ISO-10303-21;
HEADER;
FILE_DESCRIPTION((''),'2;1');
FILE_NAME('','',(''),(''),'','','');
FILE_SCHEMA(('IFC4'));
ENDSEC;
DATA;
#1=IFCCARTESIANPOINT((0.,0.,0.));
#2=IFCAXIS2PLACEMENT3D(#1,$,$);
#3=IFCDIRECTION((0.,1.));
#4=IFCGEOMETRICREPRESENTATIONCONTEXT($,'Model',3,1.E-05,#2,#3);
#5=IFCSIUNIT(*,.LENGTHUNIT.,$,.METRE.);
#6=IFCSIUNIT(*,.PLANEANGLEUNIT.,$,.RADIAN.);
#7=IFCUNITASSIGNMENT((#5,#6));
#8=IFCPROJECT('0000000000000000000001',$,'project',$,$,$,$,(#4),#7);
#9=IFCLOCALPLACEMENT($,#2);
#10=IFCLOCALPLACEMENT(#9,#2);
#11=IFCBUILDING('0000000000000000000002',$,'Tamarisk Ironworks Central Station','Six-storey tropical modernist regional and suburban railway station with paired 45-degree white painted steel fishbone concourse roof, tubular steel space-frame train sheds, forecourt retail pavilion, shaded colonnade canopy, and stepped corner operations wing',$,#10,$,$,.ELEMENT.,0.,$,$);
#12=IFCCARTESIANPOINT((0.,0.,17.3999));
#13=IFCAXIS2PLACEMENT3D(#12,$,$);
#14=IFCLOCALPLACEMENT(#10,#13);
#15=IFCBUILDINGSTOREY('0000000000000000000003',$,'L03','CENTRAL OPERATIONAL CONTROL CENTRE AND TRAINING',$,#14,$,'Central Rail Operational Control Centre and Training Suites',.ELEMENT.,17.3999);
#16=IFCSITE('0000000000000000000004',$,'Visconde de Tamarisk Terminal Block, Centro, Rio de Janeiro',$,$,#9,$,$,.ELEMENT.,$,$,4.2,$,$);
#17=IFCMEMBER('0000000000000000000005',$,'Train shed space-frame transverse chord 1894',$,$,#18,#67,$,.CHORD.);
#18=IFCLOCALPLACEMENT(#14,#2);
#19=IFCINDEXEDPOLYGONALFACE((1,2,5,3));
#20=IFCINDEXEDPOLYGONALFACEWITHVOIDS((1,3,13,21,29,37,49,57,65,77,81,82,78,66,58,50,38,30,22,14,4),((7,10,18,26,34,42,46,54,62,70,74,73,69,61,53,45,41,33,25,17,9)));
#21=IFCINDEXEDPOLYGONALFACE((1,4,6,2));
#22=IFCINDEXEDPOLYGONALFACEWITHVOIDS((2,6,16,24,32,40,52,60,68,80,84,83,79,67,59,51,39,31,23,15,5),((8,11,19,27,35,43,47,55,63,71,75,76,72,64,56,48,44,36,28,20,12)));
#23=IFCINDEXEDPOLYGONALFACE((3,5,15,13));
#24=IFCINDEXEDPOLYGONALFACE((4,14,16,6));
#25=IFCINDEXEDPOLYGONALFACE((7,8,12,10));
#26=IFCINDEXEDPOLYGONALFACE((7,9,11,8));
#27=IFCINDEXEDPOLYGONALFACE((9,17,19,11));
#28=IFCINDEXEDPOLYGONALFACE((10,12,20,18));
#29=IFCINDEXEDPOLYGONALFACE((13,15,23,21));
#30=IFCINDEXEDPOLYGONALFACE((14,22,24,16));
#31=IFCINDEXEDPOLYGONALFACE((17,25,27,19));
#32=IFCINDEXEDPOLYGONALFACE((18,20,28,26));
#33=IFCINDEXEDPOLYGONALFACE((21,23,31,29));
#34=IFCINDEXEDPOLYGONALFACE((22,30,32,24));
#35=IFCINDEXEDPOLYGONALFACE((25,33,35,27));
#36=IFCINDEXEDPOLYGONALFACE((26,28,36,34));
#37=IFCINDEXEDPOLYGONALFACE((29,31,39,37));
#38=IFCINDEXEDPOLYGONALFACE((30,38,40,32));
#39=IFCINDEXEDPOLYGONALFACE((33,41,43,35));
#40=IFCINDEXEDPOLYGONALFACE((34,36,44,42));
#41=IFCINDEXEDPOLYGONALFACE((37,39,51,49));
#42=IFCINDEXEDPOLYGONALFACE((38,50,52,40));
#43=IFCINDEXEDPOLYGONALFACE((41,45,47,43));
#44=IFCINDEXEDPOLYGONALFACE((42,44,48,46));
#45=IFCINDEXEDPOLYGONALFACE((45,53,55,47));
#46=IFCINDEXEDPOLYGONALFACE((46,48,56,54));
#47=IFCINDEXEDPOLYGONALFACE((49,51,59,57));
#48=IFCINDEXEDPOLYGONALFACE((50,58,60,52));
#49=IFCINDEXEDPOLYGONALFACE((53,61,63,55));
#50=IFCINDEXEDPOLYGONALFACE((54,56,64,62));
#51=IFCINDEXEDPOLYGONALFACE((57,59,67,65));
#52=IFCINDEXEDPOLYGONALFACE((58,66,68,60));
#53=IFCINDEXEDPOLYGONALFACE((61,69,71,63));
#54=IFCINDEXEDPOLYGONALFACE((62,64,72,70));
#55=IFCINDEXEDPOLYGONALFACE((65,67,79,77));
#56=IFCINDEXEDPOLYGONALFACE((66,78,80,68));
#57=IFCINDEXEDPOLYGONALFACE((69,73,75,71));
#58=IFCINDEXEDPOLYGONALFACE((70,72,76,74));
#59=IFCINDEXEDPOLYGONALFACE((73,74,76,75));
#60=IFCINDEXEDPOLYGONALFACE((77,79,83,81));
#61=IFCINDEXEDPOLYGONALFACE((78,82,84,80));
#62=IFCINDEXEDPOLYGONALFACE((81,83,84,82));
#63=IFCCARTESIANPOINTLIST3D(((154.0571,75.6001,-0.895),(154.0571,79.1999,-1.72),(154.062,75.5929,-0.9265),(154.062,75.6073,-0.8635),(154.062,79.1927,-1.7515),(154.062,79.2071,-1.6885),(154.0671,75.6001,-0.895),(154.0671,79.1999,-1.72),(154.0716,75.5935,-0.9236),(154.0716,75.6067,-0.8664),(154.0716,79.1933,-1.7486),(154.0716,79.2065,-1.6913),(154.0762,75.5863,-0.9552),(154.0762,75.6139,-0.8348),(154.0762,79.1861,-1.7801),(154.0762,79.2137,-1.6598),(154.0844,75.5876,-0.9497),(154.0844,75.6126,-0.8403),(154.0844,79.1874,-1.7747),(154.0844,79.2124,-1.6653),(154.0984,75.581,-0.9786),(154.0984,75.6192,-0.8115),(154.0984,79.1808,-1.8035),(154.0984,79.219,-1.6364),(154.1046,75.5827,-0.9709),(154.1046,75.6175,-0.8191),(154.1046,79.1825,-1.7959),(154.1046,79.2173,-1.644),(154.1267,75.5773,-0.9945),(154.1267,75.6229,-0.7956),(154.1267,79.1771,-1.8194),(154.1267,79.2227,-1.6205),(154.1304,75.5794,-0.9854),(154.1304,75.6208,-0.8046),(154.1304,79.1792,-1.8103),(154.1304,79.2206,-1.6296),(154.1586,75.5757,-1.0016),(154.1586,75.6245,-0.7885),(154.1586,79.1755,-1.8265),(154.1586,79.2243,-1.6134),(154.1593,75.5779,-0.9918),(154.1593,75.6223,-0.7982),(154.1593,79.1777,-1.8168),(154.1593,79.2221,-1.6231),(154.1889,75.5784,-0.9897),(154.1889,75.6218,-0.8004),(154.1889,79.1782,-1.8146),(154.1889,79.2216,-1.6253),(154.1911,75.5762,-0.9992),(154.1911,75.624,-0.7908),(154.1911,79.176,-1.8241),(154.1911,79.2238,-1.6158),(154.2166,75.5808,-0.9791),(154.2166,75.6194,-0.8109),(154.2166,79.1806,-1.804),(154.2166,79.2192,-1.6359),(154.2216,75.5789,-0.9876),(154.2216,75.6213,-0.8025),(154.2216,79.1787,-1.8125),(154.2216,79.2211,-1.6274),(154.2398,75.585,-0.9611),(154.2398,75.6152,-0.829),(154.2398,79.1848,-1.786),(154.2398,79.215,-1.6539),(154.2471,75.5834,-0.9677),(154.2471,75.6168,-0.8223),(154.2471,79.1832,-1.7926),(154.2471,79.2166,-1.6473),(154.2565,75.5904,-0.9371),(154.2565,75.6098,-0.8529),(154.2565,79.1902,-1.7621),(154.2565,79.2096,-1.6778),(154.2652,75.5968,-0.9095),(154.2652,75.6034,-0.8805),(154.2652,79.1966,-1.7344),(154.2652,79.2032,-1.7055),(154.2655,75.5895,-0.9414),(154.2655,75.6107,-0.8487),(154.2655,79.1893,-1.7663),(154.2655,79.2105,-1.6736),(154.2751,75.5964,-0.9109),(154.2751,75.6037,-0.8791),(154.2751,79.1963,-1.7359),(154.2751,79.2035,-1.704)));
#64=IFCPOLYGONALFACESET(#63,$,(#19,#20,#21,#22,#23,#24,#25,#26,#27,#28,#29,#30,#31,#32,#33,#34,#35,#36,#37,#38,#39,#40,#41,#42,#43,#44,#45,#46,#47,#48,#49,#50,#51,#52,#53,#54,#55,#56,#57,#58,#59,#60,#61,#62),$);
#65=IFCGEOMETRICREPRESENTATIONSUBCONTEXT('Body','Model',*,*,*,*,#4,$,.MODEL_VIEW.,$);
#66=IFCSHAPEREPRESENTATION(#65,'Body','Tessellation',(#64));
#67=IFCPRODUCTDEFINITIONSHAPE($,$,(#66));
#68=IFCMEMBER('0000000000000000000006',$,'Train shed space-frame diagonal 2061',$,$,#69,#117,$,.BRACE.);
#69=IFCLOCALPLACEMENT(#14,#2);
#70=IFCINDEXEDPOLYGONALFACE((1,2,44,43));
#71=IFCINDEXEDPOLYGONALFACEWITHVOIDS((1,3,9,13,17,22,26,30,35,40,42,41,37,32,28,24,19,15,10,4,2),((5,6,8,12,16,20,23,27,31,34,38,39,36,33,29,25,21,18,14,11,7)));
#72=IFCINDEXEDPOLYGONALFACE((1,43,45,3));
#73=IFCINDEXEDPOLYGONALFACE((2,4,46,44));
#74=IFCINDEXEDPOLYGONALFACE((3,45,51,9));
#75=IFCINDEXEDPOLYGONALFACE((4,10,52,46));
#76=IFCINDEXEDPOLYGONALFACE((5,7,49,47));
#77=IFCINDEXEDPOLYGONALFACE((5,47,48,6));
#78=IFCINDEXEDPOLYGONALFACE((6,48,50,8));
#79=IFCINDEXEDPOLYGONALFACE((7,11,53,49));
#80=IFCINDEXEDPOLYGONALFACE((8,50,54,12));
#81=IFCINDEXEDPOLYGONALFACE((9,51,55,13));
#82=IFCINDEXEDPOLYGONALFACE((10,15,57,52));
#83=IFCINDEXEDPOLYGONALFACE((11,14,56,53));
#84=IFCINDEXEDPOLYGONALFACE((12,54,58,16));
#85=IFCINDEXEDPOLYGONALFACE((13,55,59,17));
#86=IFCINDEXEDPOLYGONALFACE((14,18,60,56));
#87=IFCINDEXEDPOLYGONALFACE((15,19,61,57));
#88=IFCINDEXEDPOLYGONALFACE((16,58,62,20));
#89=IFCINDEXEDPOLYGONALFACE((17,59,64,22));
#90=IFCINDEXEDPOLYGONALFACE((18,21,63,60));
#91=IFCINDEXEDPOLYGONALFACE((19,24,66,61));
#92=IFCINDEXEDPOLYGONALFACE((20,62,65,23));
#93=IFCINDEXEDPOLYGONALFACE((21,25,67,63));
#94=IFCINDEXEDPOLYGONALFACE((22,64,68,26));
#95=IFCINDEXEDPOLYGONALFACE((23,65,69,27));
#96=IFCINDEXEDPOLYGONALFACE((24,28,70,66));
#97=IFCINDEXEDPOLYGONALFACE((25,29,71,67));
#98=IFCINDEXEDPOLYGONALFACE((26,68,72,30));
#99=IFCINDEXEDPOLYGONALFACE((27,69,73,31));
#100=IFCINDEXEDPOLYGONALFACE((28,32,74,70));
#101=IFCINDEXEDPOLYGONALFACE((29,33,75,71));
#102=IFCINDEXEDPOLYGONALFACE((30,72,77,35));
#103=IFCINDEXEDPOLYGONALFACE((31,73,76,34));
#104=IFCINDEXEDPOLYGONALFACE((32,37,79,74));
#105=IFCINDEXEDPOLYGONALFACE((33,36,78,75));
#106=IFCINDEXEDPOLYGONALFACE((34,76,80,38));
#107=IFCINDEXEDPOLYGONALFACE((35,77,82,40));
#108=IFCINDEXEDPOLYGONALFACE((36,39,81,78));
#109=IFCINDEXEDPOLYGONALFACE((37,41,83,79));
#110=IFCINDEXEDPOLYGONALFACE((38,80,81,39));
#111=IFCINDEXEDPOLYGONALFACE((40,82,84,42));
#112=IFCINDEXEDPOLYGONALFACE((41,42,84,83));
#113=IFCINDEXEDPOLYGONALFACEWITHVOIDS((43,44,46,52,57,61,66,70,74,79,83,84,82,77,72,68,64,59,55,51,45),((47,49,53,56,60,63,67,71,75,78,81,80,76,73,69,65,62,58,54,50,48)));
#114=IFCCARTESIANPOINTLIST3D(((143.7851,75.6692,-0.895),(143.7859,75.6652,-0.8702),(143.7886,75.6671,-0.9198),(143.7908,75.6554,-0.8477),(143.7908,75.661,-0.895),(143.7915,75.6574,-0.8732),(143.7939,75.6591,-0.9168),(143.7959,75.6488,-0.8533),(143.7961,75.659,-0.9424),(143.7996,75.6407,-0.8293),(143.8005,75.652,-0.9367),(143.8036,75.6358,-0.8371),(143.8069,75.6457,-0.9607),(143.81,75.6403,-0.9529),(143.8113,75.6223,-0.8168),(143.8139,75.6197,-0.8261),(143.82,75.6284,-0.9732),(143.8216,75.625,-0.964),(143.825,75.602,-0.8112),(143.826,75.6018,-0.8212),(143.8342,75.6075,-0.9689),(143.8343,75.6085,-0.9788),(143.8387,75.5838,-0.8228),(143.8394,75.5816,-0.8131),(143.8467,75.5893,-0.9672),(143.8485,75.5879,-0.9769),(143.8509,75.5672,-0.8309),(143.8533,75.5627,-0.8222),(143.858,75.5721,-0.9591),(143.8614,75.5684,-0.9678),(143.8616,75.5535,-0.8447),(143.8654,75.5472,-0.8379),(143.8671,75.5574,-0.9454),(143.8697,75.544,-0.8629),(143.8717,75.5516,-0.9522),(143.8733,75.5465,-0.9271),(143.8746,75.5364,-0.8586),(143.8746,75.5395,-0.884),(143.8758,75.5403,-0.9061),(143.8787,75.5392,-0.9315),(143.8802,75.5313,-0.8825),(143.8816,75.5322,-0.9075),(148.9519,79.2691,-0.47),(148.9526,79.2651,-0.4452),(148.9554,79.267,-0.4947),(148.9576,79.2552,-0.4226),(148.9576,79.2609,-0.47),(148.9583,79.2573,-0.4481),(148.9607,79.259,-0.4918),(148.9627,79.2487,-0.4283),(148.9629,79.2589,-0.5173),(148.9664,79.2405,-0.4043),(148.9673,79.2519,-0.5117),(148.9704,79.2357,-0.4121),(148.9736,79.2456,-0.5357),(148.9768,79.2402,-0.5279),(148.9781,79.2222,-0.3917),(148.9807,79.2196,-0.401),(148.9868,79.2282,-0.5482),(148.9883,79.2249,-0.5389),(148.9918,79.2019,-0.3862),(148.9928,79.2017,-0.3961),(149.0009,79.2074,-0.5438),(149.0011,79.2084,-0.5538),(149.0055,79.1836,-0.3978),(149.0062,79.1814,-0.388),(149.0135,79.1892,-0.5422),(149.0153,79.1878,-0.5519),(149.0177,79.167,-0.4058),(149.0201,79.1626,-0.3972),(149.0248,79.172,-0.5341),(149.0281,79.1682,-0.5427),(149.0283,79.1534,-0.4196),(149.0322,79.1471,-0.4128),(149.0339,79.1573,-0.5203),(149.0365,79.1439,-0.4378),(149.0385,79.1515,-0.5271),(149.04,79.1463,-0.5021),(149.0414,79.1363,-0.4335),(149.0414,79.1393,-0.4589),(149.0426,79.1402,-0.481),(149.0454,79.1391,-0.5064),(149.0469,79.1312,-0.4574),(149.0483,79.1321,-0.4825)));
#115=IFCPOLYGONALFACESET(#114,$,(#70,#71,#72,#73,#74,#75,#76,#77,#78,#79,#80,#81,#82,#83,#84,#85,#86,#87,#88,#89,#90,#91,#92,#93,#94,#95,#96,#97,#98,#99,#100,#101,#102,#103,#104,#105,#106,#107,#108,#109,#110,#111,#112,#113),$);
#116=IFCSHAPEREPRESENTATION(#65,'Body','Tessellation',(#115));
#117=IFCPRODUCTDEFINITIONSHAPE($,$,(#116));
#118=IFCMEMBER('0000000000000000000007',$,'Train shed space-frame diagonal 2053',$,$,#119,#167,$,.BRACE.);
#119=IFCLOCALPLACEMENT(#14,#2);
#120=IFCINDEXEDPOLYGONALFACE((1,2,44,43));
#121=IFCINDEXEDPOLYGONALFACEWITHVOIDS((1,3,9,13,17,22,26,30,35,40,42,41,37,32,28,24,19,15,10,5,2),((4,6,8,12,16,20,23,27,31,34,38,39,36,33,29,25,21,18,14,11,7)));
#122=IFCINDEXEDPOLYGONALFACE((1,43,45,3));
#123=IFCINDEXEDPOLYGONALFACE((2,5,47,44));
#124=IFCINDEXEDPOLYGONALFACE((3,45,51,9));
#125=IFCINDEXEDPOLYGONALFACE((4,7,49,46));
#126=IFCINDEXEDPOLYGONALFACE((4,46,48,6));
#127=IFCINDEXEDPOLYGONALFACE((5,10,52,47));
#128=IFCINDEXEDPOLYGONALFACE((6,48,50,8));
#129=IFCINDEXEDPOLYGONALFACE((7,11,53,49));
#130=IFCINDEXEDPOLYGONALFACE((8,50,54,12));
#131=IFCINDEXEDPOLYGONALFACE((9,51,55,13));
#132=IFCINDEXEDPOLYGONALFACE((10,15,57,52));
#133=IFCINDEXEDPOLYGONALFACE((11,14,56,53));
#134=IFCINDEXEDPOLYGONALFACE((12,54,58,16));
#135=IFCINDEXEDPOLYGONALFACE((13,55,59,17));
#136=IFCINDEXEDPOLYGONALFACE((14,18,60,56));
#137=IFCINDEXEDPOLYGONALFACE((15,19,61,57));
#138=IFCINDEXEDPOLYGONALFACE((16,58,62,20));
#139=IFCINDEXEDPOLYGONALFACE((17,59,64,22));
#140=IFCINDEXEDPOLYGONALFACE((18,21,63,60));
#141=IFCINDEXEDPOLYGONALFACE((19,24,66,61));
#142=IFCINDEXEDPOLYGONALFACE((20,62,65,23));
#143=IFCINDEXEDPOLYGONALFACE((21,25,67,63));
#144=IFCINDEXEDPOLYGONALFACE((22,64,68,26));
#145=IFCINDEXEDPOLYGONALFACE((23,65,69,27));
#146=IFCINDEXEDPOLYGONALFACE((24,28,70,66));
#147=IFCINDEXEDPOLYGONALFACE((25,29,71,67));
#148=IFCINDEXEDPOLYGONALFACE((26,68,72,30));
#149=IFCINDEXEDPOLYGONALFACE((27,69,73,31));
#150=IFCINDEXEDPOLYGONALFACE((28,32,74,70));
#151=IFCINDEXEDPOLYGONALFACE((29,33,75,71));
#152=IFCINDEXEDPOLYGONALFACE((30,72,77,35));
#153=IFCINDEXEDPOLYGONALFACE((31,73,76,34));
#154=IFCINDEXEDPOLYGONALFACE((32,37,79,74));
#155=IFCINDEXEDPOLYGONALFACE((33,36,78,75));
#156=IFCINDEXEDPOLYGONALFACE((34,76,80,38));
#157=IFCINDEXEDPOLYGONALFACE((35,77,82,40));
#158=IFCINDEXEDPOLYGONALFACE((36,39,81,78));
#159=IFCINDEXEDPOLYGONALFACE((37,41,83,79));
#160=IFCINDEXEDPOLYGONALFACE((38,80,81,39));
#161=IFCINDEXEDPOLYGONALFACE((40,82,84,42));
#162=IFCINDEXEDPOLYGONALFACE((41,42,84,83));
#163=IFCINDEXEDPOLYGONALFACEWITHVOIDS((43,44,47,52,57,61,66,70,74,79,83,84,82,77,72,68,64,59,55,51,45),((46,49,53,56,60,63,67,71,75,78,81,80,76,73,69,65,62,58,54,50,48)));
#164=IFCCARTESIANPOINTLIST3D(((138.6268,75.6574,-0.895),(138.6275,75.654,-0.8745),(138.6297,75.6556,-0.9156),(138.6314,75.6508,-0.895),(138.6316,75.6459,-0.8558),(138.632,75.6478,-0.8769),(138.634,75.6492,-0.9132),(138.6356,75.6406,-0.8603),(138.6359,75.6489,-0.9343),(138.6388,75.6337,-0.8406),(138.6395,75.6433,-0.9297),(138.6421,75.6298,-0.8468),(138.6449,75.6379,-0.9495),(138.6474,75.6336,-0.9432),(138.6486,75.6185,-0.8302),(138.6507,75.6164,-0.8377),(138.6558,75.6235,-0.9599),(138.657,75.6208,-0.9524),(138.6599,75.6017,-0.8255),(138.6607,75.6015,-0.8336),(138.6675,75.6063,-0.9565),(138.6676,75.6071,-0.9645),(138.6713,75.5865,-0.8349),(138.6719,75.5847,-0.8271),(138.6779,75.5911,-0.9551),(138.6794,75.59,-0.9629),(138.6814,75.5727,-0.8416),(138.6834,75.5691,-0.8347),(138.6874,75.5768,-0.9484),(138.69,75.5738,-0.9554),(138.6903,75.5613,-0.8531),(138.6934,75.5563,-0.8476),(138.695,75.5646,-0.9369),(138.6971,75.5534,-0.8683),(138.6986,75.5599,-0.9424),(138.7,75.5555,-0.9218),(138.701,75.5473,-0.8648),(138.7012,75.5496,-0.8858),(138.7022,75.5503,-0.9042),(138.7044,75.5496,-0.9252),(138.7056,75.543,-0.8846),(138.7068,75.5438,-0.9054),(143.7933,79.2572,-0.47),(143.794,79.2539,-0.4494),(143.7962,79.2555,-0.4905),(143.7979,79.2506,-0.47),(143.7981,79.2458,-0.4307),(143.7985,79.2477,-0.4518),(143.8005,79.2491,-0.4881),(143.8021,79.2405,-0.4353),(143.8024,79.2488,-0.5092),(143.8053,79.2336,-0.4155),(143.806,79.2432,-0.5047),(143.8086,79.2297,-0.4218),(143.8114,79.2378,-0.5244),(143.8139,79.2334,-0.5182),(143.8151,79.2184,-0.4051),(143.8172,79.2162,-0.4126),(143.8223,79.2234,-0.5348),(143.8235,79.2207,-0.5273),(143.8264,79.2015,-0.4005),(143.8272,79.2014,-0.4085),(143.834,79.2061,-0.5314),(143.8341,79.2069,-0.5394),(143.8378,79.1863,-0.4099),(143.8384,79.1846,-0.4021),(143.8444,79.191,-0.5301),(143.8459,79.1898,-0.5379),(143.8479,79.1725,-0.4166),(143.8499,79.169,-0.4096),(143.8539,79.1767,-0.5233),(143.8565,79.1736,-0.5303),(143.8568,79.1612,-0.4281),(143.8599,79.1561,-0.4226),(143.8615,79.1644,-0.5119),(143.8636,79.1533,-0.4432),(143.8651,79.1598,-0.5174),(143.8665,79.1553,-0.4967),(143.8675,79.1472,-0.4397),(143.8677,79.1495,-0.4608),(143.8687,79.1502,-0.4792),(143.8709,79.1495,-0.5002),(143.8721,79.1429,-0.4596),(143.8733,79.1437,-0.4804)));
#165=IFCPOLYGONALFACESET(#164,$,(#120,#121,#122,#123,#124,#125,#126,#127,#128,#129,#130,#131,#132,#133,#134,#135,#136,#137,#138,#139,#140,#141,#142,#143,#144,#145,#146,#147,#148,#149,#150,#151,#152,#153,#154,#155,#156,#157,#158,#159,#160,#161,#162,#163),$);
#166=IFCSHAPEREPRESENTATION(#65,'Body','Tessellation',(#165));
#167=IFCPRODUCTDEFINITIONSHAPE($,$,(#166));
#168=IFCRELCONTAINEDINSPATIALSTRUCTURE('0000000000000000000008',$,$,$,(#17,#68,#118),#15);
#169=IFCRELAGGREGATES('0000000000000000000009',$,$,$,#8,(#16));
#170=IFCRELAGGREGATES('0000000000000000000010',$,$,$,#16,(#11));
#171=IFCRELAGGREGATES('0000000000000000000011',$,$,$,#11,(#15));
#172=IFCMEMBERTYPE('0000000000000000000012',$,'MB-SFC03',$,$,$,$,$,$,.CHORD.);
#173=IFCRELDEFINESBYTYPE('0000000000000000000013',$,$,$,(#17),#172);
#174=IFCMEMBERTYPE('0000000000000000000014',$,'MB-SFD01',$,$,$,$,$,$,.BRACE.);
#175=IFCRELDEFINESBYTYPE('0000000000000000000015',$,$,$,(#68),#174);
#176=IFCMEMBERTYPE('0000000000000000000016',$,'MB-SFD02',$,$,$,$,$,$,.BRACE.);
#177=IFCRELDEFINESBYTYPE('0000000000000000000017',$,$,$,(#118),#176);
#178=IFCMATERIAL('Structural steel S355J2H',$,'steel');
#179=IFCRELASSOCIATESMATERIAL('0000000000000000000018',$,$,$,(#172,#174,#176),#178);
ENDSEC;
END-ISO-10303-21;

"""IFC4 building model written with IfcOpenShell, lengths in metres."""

from ifc_helpers import new_model, si_unit, direction, frame, origin, origin_2d, place, context, subcontext, project, spatial, hollow_circle, extrude, material, material_profile, profile_set, type_object, element, save


model = new_model("IFC4")

# Units and contexts
model_context = context("Model", 3, precision=1e-05, world=origin(), true_north=direction((0.0, 1.0)))
body_context = subcontext(model_context, "Body", "Model", "MODEL_VIEW")
ifc_project = project(units=[si_unit("LENGTHUNIT", "METRE"), si_unit("PLANEANGLEUNIT", "RADIAN")], contexts=[model_context])

# Site, building, storey
site_placement = place(None, origin())
site = spatial("IfcSite", under=ifc_project, at=site_placement, Name="Visconde de Tamarisk Terminal Block, Centro, Rio de Janeiro", CompositionType="ELEMENT", RefElevation=4.2)
building_placement = place(site_placement, origin())
building = spatial("IfcBuilding", under=site, at=building_placement, Name="Tamarisk Ironworks Central Station", Description="Six-storey tropical modernist regional and suburban railway station with paired 45-degree white painted steel fishbone concourse roof, tubular steel space-frame train sheds, forecourt retail pavilion, shaded colonnade canopy, and stepped corner operations wing", CompositionType="ELEMENT", ElevationOfRefHeight=0.0)
storey_placement = place(building_placement, frame((0.0, 0.0, 17.3999)))
storey = spatial("IfcBuildingStorey", under=building, at=storey_placement, Name="L03", Description="CENTRAL OPERATIONAL CONTROL CENTRE AND TRAINING", LongName="Central Rail Operational Control Centre and Training Suites", CompositionType="ELEMENT", Elevation=17.3999)

# Members
ifc_material = material(Name="Structural steel S355J2H", Category="steel")
ifc_material_profile_1 = material_profile(ifc_material, hollow_circle(Radius=0.1096, WallThickness=0.01, at=origin_2d()), Name="CHS 219.1x10")
ifc_profile_set_1 = profile_set([ifc_material_profile_1], Name="Structural steel S355J2H")
member_type_1 = type_object("IfcMemberType", Name="MB-SFC03", PredefinedType="CHORD", material=ifc_profile_set_1)
for number, where, z_axis, x_axis, name in (
    (1, (154.1667, 75.6001, -0.895), (0.0, 0.974733, -0.223372), (-1.0, 0.0, 0.0), "Train shed space-frame transverse chord 1894"),
):
    element("IfcMember", number, at=place(storey_placement, frame(where, z_axis=z_axis, x_axis=x_axis)), inside=storey, type_object=member_type_1, Name=name, PredefinedType="CHORD", context=body_context, shape_type="SweptSolid", body=[
        extrude(hollow_circle(Radius=0.1096, WallThickness=0.01, at=origin_2d()), origin(), (0.0, 0.0, 1.0), 3.6931),
    ])
ifc_material_profile_2 = material_profile(ifc_material, hollow_circle(Radius=0.0842, WallThickness=0.01, at=origin_2d()), Name="CHS 168.3x10")
ifc_profile_set_2 = profile_set([ifc_material_profile_2], Name="Structural steel S355J2H")
member_type_2 = type_object("IfcMemberType", Name="MB-SFD01", PredefinedType="BRACE", material=ifc_profile_set_2)
member_1_placement = place(storey_placement, frame((143.8333, 75.6001, -0.895), z_axis=(0.818626, 0.570365, 0.067345), x_axis=(-0.571663, 0.820489, 0.0)))
element("IfcMember", 2, at=member_1_placement, inside=storey, type_object=member_type_2, Name="Train shed space-frame diagonal 2061", PredefinedType="BRACE", context=body_context, shape_type="SweptSolid", body=[
    extrude(hollow_circle(Radius=0.0842, WallThickness=0.01, at=origin_2d()), origin(), (0.0, 0.0, 1.0), 6.3115),
])
ifc_material_profile_3 = material_profile(ifc_material, hollow_circle(Radius=0.0698, WallThickness=0.0081, at=origin_2d()), Name="CHS 139.7x8")
ifc_profile_set_3 = profile_set([ifc_material_profile_3], Name="Structural steel S355J2H")
member_type_3 = type_object("IfcMemberType", Name="MB-SFD02", PredefinedType="BRACE", material=ifc_profile_set_3)
member_2_placement = place(storey_placement, frame((138.6667, 75.6001, -0.895), z_axis=(0.818613, 0.570383, 0.067347), x_axis=(-0.571681, 0.820476, 0.0)))
element("IfcMember", 3, at=member_2_placement, inside=storey, type_object=member_type_3, Name="Train shed space-frame diagonal 2053", PredefinedType="BRACE", context=body_context, shape_type="SweptSolid", body=[
    extrude(hollow_circle(Radius=0.0698, WallThickness=0.0081, at=origin_2d()), origin(), (0.0, 0.0, 1.0), 6.3113),
])

save(model, "model.ifc")
